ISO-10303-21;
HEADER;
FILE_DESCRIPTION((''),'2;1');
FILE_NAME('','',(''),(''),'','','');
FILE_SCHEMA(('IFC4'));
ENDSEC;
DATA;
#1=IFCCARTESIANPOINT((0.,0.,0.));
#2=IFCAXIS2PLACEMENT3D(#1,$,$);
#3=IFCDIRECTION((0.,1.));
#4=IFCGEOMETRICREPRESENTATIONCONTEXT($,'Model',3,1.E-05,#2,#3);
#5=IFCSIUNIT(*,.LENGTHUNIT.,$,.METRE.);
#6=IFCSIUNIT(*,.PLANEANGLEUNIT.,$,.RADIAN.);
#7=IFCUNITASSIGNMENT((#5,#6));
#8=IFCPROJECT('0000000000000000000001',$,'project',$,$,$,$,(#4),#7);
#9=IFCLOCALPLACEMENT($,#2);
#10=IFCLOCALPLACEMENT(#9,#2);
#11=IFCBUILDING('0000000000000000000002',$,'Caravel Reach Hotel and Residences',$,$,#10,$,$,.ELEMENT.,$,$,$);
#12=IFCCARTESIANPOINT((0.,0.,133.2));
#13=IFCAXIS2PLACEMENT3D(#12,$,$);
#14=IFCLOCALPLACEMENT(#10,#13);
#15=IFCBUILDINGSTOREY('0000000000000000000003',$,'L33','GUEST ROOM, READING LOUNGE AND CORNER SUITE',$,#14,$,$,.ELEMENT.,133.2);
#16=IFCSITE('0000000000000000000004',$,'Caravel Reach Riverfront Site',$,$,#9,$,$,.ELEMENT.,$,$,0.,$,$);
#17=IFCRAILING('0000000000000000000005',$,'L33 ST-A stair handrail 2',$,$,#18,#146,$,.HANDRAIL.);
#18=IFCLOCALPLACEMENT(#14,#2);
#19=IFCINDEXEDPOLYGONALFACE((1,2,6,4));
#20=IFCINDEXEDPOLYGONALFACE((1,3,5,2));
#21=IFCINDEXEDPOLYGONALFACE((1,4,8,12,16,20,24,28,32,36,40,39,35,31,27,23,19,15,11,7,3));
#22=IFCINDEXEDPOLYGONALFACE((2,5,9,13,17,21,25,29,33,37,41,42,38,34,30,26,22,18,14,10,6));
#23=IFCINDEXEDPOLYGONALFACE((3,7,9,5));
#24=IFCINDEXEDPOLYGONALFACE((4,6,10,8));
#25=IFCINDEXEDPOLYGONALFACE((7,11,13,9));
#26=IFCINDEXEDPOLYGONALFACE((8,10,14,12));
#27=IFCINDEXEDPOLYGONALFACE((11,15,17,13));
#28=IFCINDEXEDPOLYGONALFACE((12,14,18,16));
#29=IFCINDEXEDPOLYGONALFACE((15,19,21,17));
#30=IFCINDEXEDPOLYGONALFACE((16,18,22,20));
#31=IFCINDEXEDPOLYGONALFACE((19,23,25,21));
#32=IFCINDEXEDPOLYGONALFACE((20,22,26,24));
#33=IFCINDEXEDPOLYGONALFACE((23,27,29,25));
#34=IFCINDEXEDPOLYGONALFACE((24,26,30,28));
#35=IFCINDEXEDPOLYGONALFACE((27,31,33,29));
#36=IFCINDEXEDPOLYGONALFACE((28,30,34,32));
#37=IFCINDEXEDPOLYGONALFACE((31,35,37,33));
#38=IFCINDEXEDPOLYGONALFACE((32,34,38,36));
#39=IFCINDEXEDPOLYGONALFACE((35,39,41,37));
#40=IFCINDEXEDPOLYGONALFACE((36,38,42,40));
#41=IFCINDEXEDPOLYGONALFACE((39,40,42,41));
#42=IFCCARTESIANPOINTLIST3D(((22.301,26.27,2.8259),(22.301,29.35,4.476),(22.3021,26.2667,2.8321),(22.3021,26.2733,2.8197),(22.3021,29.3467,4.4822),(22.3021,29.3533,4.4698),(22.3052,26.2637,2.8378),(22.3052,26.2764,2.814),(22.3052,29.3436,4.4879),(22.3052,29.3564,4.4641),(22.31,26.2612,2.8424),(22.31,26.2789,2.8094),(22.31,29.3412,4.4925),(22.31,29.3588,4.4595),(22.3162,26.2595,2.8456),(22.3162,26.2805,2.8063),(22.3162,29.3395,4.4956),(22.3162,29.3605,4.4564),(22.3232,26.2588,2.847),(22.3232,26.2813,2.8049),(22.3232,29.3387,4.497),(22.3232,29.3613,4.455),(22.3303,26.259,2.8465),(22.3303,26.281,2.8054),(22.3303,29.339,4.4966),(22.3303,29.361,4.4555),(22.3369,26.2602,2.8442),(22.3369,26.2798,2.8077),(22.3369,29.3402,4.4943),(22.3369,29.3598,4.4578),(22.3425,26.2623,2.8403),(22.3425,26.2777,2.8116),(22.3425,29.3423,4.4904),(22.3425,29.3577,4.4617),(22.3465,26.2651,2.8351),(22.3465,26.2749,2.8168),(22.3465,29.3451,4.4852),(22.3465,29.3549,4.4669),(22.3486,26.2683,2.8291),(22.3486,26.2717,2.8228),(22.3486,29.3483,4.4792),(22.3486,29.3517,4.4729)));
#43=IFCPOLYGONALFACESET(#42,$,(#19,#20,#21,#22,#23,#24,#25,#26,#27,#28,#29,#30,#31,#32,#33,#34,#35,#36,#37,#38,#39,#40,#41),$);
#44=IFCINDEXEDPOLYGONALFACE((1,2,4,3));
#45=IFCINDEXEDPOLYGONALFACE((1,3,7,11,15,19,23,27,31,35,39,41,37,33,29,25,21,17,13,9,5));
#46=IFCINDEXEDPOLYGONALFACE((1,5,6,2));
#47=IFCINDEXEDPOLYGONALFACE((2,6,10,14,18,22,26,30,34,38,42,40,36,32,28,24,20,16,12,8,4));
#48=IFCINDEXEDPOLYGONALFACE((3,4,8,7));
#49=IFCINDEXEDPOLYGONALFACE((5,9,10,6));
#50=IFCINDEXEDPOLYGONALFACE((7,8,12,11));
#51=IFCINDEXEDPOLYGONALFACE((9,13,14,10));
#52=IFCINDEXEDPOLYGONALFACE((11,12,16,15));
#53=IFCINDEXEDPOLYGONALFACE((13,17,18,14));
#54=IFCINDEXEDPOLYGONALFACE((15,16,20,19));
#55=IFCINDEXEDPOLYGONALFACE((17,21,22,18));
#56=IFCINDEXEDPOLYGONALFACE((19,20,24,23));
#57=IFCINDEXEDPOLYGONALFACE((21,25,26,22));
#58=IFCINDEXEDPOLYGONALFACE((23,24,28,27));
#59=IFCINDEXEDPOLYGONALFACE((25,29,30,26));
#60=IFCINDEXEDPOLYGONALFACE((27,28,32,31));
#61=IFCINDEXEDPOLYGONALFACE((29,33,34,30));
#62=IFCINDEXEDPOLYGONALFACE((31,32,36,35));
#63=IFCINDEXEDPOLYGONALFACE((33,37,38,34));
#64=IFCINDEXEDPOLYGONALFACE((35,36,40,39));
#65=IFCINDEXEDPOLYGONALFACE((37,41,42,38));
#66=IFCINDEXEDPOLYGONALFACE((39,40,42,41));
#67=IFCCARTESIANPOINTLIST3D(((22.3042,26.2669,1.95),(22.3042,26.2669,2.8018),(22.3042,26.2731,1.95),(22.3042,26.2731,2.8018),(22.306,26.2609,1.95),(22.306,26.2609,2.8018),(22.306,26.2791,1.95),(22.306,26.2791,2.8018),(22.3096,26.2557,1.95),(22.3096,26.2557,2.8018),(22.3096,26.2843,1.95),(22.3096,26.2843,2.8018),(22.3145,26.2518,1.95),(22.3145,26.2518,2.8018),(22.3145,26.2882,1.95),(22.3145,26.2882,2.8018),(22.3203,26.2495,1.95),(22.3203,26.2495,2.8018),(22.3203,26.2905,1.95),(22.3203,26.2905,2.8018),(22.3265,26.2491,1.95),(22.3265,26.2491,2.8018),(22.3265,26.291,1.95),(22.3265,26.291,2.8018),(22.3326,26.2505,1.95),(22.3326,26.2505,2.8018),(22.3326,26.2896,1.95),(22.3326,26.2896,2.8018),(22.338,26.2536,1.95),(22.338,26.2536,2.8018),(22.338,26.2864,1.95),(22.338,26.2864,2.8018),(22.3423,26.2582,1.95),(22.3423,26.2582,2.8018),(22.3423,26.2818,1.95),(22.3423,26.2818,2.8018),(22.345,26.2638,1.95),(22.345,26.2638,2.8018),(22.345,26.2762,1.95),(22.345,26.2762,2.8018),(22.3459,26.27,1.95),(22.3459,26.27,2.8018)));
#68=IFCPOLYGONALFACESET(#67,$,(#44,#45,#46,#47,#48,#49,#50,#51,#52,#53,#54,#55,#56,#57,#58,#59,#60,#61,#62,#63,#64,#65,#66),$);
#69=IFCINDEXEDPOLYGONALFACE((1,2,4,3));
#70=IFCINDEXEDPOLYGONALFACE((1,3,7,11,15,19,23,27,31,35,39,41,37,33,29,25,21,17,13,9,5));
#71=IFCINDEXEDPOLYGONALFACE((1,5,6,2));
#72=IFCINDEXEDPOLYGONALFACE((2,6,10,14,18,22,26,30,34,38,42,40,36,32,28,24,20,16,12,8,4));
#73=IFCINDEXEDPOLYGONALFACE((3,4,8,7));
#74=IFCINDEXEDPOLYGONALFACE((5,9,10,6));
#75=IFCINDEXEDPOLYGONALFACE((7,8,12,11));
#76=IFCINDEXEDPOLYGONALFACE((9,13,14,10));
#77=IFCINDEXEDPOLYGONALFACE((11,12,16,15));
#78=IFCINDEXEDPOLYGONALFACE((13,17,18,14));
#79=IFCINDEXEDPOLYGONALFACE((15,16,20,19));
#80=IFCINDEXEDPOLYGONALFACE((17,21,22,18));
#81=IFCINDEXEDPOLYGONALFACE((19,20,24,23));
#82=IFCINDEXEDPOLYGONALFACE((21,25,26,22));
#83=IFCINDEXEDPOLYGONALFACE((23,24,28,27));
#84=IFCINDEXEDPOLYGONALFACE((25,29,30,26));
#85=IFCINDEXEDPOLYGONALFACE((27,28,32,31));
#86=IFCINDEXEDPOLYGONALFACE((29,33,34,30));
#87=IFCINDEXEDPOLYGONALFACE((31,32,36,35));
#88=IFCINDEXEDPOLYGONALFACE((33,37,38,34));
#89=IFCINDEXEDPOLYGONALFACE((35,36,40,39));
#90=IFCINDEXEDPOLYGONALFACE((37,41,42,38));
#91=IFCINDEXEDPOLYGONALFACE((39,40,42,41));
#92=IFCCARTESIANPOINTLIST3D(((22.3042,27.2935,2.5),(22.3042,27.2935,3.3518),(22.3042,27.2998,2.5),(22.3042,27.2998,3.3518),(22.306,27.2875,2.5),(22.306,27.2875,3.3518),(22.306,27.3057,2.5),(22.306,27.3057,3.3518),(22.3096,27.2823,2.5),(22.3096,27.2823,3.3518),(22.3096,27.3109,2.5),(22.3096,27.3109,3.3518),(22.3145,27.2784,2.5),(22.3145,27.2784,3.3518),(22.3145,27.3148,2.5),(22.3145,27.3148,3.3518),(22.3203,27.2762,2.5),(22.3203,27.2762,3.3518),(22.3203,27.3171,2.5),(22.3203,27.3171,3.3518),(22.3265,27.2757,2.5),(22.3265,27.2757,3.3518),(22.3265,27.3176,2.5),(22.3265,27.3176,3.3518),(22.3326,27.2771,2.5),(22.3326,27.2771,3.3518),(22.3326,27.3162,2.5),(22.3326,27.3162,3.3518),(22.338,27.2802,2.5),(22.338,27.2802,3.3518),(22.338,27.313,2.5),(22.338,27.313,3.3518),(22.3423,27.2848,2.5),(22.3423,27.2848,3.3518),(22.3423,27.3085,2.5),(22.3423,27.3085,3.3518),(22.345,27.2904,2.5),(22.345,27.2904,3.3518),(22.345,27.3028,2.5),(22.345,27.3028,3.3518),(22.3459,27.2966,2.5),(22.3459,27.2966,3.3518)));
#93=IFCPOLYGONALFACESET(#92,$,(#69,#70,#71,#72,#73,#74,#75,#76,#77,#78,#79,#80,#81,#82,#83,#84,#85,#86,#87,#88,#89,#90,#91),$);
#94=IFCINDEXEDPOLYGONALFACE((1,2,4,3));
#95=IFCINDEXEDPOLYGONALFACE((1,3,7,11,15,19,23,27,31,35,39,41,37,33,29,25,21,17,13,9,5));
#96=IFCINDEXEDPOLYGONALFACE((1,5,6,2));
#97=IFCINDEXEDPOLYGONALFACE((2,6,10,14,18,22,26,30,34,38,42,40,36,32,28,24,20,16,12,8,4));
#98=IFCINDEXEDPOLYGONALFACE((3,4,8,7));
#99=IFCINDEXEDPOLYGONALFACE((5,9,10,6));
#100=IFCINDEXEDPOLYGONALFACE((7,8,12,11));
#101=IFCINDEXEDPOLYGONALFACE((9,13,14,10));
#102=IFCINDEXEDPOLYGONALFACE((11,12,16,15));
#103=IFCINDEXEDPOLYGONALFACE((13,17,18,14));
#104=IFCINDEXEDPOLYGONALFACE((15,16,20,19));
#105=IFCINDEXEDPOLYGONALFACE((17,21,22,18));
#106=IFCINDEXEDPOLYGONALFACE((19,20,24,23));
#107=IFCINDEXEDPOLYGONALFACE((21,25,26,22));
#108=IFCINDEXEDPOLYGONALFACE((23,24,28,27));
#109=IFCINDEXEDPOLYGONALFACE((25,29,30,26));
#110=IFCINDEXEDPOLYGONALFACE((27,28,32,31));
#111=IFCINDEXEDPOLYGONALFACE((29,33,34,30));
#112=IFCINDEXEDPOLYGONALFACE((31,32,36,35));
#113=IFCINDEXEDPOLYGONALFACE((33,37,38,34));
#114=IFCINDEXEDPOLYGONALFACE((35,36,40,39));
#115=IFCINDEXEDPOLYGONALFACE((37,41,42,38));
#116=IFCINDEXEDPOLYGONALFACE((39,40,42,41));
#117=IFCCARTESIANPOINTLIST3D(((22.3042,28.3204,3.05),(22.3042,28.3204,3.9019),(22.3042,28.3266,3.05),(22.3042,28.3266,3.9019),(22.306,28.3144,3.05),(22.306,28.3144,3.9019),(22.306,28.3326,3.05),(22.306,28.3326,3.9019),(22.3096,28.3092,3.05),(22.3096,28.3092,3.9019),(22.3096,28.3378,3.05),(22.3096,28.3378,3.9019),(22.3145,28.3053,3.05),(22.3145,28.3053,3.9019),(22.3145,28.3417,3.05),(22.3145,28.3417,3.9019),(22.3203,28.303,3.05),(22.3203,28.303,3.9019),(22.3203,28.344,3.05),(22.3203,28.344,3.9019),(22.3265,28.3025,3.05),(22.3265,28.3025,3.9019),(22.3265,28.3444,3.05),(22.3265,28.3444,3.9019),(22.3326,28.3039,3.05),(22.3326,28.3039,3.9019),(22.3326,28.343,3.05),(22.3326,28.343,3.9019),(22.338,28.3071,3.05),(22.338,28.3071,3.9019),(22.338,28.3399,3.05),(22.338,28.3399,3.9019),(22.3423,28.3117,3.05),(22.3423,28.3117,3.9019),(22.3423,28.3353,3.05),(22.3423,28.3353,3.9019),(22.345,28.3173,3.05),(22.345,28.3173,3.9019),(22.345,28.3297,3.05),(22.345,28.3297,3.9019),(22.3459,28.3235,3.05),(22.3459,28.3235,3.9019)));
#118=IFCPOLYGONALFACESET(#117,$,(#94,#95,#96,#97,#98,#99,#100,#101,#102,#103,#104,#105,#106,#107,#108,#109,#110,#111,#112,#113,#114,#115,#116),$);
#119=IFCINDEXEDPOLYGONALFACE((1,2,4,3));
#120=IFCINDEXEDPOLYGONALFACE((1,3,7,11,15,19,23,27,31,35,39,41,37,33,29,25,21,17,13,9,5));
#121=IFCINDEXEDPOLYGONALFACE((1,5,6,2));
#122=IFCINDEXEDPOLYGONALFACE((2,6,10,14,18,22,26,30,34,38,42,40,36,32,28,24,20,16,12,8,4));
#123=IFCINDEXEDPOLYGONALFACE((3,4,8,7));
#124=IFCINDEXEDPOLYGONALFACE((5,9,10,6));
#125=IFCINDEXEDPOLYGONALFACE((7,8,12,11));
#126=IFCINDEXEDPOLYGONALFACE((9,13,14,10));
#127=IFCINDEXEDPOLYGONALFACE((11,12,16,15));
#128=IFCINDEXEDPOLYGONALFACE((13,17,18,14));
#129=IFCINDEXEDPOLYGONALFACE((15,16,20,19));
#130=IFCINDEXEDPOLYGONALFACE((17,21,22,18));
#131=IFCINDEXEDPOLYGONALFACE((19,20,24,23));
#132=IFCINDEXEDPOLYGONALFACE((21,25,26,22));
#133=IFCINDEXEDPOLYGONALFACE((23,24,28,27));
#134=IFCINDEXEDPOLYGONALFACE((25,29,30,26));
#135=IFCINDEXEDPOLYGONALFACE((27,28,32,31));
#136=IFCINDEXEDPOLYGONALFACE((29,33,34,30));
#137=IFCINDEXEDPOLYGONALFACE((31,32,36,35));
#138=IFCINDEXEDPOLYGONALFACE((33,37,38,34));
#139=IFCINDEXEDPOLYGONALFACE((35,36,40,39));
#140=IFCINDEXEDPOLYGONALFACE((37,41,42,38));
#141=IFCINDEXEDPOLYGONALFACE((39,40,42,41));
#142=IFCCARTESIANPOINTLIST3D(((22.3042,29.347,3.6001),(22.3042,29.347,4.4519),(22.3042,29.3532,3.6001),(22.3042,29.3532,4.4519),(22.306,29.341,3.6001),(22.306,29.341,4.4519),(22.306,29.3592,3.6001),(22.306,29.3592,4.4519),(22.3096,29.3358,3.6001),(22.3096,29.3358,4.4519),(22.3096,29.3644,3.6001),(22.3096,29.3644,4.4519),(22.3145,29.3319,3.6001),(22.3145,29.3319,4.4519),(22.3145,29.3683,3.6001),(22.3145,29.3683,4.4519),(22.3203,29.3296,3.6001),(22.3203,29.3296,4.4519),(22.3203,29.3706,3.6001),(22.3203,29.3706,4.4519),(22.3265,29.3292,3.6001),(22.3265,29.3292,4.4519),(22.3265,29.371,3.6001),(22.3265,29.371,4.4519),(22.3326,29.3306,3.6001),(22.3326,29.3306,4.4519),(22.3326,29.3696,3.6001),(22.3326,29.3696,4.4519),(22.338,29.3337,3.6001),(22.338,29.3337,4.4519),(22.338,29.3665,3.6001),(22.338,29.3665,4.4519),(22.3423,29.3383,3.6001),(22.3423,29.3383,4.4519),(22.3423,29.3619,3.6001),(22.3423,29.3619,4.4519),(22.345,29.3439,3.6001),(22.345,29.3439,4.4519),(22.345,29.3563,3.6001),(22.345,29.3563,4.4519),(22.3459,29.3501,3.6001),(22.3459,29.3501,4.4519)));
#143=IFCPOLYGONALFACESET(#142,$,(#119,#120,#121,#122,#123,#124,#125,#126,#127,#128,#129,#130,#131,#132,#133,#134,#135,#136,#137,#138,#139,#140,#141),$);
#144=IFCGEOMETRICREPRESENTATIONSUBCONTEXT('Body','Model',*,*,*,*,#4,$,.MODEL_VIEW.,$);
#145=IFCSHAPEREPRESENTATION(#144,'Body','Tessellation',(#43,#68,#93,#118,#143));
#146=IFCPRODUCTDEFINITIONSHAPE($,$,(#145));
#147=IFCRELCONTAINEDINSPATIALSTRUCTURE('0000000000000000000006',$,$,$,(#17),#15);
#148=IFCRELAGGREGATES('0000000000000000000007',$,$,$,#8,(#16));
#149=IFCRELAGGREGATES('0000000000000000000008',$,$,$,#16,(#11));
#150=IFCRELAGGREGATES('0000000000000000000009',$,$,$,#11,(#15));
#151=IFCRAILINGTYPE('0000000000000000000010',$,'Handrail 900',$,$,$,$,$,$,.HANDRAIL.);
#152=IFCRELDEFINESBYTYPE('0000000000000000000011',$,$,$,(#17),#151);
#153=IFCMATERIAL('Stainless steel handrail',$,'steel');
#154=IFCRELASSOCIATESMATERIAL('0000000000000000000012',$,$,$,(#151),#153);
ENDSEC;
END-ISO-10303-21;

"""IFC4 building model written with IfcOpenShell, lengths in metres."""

from ifc_helpers import new_model, si_unit, direction, frame, origin, origin_2d, place, context, subcontext, project, spatial, circle, extrude, material, type_object, element, save


model = new_model("IFC4")

# Units and contexts
model_context = context("Model", 3, precision=1e-05, world=origin(), true_north=direction((0.0, 1.0)))
body_context = subcontext(model_context, "Body", "Model", "MODEL_VIEW")
ifc_project = project(units=[si_unit("LENGTHUNIT", "METRE"), si_unit("PLANEANGLEUNIT", "RADIAN")], contexts=[model_context])

# Site, building, storey
site_placement = place(None, origin())
site = spatial("IfcSite", under=ifc_project, at=site_placement, Name="Caravel Reach Riverfront Site", CompositionType="ELEMENT", RefElevation=0.0)
building_placement = place(site_placement, origin())
building = spatial("IfcBuilding", under=site, at=building_placement, Name="Caravel Reach Hotel and Residences", CompositionType="ELEMENT")
storey_placement = place(building_placement, frame((0.0, 0.0, 133.2)))
storey = spatial("IfcBuildingStorey", under=building, at=storey_placement, Name="L33", Description="GUEST ROOM, READING LOUNGE AND CORNER SUITE", CompositionType="ELEMENT", Elevation=133.2)

# Railing
ifc_material_1 = material(Name="Stainless steel handrail", Category="steel")
railing_type_1 = type_object("IfcRailingType", Name="Handrail 900", PredefinedType="HANDRAIL", material=ifc_material_1)
railing_1_placement = place(storey_placement, frame((22.325, 26.27, 1.95)))
element("IfcRailing", 1, at=railing_1_placement, inside=storey, type_object=railing_type_1, Name="L33 ST-A stair handrail 2", PredefinedType="HANDRAIL", context=body_context, shape_type="SweptSolid", body=[
    extrude(circle(Radius=0.0239, at=origin_2d()), frame((0.0, 0.0, 0.876), z_axis=(0.0, 0.881468, 0.472245), x_axis=(-1.0, 0.0, 0.0)), (0.0, 0.0, 1.0), 3.4941),
    extrude(circle(Radius=0.021, at=origin_2d()), origin(), (0.0, 0.0, 1.0), 0.8518),
    extrude(circle(Radius=0.021, at=origin_2d()), frame((0.0, 1.0266, 0.55)), (0.0, 0.0, 1.0), 0.8518),
    extrude(circle(Radius=0.021, at=origin_2d()), frame((0.0, 2.0535, 1.1001)), (0.0, 0.0, 1.0), 0.8518),
    extrude(circle(Radius=0.021, at=origin_2d()), frame((0.0, 3.0801, 1.6501)), (0.0, 0.0, 1.0), 0.8518),
])

save(model, "model.ifc")
